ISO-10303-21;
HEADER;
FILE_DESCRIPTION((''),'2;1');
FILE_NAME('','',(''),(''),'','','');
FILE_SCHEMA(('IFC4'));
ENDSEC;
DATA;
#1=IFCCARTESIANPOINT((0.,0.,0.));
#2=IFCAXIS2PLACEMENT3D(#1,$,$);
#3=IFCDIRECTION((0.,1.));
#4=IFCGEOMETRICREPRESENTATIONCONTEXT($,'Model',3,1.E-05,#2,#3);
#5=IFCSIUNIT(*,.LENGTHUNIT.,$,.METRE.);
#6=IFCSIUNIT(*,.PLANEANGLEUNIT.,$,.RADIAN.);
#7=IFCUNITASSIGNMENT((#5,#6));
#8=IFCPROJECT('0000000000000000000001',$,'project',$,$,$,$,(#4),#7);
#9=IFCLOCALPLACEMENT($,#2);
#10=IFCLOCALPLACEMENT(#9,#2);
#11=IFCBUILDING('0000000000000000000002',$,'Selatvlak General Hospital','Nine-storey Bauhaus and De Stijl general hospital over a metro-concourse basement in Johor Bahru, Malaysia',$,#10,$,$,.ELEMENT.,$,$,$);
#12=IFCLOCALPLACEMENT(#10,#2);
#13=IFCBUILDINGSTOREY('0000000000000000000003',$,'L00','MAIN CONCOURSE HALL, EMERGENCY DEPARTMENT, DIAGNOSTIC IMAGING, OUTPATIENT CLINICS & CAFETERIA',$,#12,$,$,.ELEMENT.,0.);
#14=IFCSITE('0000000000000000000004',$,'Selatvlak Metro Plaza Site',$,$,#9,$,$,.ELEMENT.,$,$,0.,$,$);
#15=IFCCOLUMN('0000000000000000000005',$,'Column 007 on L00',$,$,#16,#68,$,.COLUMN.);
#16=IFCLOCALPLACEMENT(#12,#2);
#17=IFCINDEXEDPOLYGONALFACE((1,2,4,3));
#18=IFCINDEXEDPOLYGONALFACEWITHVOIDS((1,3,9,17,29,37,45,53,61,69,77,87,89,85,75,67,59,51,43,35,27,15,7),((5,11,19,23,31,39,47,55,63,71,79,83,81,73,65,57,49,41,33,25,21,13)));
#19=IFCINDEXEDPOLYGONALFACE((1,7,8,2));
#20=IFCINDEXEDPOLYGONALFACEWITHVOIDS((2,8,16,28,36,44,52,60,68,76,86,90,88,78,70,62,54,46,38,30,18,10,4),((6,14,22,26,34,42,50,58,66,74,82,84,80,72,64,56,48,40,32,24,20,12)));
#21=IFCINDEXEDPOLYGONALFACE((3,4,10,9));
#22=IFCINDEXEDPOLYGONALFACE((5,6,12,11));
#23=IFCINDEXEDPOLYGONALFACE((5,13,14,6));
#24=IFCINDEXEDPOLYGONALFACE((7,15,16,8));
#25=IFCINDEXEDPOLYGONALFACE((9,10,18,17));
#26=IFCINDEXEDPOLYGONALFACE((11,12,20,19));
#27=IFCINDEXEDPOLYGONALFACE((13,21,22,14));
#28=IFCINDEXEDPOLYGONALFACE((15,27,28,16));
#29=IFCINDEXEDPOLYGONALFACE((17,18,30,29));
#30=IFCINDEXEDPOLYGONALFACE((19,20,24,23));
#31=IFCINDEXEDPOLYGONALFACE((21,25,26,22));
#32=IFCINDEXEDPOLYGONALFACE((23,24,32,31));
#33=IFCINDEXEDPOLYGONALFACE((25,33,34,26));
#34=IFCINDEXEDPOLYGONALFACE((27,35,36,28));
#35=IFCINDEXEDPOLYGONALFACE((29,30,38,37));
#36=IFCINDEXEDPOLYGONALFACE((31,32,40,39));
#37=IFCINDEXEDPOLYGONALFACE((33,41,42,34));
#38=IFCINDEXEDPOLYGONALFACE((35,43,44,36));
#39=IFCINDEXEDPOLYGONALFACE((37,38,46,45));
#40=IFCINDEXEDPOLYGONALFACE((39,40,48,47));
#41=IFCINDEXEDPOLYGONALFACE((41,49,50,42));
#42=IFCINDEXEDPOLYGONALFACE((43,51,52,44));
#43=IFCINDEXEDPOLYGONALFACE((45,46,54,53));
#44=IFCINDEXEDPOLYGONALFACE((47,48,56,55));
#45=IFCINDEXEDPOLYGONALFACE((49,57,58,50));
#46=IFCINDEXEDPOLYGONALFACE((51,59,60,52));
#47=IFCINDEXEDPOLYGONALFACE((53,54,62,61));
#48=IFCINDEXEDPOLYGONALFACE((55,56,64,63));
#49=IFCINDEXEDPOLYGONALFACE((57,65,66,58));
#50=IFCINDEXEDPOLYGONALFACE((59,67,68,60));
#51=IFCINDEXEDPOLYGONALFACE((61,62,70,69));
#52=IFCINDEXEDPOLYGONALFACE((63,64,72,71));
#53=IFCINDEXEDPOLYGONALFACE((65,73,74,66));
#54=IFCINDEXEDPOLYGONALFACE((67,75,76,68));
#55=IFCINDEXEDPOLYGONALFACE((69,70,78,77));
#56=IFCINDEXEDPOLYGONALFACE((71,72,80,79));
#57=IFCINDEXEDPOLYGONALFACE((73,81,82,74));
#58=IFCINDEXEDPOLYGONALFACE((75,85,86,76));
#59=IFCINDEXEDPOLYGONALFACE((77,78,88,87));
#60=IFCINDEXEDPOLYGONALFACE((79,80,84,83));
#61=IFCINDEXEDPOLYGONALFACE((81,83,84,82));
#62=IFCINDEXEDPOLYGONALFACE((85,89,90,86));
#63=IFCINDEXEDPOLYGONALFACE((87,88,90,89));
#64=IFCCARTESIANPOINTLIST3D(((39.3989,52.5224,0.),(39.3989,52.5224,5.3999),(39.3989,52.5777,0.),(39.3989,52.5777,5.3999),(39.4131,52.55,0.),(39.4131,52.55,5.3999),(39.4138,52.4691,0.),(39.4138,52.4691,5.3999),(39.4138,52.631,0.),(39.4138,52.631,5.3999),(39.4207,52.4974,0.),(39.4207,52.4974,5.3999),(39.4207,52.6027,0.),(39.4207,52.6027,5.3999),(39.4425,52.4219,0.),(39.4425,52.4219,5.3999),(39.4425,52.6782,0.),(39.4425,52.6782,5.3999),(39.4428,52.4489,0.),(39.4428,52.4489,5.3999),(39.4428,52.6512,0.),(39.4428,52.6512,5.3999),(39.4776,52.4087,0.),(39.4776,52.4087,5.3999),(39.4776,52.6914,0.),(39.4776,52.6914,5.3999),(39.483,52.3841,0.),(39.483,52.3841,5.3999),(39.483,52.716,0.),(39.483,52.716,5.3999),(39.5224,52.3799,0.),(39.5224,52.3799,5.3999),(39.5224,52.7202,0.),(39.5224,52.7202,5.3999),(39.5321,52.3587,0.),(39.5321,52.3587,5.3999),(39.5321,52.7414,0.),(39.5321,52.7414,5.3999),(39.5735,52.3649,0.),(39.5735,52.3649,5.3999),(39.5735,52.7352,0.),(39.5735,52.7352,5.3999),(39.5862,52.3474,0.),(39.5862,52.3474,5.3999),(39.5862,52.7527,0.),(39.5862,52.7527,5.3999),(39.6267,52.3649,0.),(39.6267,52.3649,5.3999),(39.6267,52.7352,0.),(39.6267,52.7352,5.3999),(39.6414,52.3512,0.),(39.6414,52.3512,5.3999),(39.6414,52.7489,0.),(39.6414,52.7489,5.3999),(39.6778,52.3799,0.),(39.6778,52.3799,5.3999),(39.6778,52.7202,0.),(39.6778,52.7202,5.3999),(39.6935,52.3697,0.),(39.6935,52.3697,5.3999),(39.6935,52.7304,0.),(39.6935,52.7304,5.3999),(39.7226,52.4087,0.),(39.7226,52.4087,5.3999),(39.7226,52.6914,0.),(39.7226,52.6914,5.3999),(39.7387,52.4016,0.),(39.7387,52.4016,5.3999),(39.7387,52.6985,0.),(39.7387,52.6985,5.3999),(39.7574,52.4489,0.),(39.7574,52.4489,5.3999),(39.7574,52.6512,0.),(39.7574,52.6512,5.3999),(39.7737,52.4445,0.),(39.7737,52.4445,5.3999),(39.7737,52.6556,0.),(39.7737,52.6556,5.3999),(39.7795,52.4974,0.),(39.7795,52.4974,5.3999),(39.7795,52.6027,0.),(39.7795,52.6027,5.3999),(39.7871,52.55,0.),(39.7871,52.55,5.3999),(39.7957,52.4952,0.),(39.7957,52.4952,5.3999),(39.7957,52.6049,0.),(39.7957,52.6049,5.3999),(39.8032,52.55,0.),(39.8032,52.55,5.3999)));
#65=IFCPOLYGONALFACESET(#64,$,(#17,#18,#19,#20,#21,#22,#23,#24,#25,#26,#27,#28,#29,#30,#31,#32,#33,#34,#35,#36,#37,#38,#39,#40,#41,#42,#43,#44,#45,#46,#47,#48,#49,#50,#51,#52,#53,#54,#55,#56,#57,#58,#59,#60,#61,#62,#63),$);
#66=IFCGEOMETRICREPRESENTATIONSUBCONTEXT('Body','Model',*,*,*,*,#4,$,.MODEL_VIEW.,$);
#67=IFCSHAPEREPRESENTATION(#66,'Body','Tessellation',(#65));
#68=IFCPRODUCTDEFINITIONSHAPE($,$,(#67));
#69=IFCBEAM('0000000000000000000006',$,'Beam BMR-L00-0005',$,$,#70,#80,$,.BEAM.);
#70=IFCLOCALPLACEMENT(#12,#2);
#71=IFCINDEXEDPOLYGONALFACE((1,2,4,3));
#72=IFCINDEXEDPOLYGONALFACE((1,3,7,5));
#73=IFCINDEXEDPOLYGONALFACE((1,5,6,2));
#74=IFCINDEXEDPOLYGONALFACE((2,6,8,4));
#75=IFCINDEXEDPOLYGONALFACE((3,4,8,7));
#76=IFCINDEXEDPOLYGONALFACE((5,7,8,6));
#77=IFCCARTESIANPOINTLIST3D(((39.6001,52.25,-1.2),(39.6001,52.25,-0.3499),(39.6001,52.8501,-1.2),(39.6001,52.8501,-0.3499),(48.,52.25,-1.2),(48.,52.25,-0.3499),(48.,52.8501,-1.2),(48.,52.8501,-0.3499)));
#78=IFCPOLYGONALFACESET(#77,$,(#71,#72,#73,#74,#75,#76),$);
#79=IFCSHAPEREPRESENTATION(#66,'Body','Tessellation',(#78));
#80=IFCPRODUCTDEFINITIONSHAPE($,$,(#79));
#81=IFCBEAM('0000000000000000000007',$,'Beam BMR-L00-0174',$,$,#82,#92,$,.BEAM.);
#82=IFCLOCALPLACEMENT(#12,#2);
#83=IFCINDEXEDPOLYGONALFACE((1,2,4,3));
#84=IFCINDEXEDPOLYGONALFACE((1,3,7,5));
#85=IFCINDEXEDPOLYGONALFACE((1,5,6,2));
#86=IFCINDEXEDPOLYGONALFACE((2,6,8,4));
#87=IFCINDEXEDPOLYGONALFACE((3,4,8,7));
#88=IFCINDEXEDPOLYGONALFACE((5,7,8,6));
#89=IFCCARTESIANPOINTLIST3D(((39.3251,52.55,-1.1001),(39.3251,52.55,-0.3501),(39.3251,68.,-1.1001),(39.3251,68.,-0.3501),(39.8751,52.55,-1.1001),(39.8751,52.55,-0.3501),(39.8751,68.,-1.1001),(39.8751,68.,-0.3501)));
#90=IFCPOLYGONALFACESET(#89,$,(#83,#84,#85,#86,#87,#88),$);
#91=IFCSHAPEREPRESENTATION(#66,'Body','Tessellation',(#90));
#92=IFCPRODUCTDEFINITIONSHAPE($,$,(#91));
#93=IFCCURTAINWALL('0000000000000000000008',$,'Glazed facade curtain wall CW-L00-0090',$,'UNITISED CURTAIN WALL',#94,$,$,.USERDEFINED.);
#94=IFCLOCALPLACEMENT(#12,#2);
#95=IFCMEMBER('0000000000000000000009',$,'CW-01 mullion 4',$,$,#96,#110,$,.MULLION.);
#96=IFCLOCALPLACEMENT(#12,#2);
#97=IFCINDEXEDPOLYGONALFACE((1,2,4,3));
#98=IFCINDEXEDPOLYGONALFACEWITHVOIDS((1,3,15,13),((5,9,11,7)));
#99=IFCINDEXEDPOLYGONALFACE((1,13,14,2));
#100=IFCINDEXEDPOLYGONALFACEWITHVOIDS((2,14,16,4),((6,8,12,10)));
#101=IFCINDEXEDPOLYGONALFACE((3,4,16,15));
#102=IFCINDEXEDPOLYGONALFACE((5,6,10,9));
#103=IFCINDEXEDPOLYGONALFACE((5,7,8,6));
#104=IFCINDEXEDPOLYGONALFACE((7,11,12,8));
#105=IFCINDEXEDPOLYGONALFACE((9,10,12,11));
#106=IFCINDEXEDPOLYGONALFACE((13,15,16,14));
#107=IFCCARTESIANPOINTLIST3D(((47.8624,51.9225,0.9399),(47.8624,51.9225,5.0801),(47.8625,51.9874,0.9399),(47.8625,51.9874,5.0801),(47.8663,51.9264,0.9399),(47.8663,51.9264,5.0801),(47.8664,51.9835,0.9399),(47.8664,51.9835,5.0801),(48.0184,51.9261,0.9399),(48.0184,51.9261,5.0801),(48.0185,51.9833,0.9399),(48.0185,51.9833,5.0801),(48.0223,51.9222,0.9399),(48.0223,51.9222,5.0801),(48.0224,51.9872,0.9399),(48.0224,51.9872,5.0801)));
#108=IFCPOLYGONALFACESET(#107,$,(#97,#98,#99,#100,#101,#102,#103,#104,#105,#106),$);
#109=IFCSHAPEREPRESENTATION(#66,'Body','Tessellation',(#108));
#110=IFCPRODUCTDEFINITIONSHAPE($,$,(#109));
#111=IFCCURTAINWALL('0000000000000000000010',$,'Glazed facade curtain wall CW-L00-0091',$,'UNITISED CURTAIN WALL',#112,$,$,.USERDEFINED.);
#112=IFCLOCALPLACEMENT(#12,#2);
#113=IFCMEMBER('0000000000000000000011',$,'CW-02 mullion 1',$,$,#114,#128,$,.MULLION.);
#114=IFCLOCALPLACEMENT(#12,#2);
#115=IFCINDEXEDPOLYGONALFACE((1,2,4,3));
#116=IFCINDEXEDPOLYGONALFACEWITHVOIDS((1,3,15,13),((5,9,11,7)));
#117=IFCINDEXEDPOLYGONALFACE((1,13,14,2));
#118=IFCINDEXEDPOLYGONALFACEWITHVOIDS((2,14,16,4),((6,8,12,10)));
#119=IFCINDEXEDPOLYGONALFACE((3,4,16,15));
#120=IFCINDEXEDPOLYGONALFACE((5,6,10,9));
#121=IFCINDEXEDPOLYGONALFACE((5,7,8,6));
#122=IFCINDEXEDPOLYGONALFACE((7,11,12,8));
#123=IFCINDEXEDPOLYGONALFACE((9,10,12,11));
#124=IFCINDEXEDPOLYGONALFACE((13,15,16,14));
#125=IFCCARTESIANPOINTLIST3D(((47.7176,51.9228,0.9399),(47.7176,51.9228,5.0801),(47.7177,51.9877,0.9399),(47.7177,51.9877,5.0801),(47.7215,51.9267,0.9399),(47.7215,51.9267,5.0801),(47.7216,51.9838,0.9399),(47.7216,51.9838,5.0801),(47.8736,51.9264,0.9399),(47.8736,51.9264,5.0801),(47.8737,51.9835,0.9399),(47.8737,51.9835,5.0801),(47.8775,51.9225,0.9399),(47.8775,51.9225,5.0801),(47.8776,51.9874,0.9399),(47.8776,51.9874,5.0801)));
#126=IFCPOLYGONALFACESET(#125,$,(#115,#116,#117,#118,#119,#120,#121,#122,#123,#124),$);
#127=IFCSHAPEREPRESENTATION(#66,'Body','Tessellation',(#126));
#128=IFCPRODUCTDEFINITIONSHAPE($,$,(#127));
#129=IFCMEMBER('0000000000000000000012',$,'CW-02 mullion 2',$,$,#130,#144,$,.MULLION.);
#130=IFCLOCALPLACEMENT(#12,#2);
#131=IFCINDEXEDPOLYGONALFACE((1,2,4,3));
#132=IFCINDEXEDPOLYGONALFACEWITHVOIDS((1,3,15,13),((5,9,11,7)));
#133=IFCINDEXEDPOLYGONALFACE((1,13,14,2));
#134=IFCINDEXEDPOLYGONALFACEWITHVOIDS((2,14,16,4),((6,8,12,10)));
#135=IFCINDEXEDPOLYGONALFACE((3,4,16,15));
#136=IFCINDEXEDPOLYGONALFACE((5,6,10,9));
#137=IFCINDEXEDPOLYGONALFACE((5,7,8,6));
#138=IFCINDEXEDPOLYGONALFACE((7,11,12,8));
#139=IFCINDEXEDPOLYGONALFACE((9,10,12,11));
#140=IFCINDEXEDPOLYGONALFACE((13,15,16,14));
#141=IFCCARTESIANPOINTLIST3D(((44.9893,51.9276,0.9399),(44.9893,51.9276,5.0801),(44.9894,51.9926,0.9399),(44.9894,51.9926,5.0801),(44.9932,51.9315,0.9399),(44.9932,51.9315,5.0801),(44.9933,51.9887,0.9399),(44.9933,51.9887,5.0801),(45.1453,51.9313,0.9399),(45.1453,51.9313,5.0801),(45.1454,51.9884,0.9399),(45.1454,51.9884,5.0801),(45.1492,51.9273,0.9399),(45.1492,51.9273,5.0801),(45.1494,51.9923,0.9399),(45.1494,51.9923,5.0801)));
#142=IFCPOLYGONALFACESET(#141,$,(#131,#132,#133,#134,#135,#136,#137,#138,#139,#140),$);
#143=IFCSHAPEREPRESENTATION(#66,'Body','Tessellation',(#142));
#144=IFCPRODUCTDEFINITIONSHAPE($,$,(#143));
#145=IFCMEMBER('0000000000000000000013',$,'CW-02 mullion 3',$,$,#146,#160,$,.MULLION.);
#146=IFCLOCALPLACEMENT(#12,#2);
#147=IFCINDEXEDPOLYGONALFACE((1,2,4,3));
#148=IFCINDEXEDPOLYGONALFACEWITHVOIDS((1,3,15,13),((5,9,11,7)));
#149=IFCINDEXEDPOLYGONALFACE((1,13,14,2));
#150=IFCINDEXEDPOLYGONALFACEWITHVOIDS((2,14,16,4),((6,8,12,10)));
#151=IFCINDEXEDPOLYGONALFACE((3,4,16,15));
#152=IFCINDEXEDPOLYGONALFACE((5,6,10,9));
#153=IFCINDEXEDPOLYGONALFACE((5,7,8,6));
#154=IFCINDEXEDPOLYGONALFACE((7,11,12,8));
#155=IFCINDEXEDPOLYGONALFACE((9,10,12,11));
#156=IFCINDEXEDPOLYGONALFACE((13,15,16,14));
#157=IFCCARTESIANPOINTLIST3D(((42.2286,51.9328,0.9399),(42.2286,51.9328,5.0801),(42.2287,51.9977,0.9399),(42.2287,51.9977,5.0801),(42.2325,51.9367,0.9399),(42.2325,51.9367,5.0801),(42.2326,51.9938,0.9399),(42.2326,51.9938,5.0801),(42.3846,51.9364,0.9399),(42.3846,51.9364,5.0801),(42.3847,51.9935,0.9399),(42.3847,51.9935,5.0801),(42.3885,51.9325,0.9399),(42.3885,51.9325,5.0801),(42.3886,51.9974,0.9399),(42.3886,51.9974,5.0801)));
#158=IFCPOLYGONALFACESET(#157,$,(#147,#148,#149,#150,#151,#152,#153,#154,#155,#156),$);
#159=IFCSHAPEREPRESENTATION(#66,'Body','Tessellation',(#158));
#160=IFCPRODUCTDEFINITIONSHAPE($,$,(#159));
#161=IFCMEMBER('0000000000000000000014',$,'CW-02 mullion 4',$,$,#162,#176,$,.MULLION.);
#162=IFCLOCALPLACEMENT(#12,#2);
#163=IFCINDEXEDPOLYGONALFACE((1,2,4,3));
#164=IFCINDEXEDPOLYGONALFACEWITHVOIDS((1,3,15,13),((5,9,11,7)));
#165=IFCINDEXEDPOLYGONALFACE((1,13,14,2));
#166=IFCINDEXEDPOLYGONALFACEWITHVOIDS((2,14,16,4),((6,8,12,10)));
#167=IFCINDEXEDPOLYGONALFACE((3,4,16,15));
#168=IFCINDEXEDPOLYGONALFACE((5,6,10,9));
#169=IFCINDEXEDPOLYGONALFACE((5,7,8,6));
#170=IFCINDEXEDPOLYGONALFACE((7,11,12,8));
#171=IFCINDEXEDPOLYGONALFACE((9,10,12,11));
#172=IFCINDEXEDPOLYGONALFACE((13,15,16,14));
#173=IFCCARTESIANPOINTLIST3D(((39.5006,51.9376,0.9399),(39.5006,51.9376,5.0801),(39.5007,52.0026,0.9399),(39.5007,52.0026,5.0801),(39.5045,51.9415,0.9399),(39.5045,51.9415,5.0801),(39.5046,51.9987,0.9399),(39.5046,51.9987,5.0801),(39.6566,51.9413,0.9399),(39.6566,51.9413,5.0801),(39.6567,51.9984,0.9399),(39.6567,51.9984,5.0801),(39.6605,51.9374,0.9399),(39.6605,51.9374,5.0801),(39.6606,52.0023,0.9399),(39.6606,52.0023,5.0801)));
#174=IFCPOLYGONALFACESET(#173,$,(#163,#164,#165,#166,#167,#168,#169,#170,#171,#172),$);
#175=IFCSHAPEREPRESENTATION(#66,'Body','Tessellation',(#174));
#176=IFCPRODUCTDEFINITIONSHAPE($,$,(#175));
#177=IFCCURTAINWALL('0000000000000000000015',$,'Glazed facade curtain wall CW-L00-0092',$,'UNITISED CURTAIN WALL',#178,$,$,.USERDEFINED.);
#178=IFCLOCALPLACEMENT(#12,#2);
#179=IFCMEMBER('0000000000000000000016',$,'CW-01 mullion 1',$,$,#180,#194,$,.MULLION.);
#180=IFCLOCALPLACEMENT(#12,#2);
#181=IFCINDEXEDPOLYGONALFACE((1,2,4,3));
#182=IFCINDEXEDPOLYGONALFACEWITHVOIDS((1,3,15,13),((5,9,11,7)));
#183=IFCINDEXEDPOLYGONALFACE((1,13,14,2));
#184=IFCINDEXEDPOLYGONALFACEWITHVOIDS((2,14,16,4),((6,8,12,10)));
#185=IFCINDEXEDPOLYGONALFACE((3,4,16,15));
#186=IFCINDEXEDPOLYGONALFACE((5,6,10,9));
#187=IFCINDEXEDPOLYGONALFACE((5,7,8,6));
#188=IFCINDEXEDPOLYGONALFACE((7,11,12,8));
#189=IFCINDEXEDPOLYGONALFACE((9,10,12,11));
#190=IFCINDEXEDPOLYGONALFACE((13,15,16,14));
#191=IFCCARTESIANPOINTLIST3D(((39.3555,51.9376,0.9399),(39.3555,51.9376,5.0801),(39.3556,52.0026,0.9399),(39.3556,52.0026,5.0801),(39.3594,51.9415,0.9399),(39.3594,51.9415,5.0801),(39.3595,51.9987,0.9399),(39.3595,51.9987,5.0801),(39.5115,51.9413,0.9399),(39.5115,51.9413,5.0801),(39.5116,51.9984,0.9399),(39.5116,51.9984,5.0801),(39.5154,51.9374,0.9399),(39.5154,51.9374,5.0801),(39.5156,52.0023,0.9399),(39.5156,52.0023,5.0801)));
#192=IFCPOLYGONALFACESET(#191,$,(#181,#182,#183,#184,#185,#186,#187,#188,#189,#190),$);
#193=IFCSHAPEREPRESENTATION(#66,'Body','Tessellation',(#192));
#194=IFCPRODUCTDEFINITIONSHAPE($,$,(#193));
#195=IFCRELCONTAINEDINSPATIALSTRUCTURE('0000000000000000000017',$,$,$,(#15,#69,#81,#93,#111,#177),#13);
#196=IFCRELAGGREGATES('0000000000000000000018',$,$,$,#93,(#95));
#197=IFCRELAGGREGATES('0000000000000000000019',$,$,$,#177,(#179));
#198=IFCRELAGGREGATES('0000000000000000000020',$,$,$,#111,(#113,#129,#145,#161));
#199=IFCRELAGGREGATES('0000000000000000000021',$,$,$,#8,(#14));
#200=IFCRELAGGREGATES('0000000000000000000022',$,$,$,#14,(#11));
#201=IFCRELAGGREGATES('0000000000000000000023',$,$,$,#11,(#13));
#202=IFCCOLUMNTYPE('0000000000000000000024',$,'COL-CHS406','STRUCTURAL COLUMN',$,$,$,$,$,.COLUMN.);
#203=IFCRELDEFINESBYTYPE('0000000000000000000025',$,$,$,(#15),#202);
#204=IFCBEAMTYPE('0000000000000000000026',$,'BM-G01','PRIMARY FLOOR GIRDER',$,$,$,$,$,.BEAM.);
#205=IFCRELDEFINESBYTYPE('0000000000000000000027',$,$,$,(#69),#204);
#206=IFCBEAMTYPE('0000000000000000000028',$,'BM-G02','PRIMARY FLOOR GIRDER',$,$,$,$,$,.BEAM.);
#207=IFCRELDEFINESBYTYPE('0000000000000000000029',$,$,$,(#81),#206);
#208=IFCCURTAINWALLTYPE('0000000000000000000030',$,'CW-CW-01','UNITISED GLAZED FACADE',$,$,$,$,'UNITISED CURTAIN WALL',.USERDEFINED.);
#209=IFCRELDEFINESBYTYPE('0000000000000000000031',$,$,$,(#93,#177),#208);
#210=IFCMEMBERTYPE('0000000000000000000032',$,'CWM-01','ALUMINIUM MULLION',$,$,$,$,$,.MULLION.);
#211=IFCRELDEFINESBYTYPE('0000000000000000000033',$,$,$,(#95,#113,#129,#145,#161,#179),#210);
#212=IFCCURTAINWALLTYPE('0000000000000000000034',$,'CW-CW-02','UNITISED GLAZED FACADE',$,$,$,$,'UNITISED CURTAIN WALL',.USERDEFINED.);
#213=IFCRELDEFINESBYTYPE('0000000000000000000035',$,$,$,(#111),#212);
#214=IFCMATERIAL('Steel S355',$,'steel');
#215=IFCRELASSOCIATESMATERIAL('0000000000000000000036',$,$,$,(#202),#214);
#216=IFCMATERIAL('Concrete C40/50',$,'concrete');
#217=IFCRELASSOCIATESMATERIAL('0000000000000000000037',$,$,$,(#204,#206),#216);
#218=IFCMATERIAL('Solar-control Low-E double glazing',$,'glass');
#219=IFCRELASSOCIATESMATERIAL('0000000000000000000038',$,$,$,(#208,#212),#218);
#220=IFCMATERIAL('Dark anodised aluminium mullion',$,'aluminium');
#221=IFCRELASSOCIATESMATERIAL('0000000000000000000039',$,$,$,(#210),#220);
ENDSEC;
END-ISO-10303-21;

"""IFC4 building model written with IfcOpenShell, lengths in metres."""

from ifc_helpers import new_model, si_unit, direction, frame, origin, origin_2d, place, context, subcontext, project, spatial, rectangle, hollow_rectangle, hollow_circle, extrude, material, material_profile, profile_set, type_object, element, aggregate, save


model = new_model("IFC4")

# Units and contexts
model_context = context("Model", 3, precision=1e-05, world=origin(), true_north=direction((0.0, 1.0)))
body_context = subcontext(model_context, "Body", "Model", "MODEL_VIEW")
ifc_project = project(units=[si_unit("LENGTHUNIT", "METRE"), si_unit("PLANEANGLEUNIT", "RADIAN")], contexts=[model_context])

# Site, building, storey
site_placement = place(None, origin())
site = spatial("IfcSite", under=ifc_project, at=site_placement, Name="Selatvlak Metro Plaza Site", CompositionType="ELEMENT", RefElevation=0.0)
building_placement = place(site_placement, origin())
building = spatial("IfcBuilding", under=site, at=building_placement, Name="Selatvlak General Hospital", Description="Nine-storey Bauhaus and De Stijl general hospital over a metro-concourse basement in Johor Bahru, Malaysia", CompositionType="ELEMENT")
storey_placement = place(building_placement, origin())
storey = spatial("IfcBuildingStorey", under=building, at=storey_placement, Name="L00", Description="MAIN CONCOURSE HALL, EMERGENCY DEPARTMENT, DIAGNOSTIC IMAGING, OUTPATIENT CLINICS & CAFETERIA", CompositionType="ELEMENT", Elevation=0.0)

# Column
ifc_material_1 = material(Name="Steel S355", Category="steel")
ifc_material_profile_1 = material_profile(ifc_material_1, hollow_circle(Radius=0.2031, WallThickness=0.0161, at=origin_2d()), Name="CHS 406.4x16")
ifc_profile_set_1 = profile_set([ifc_material_profile_1], Name="Steel S355")
column_type = type_object("IfcColumnType", Name="COL-CHS406", Description="STRUCTURAL COLUMN", PredefinedType="COLUMN", material=ifc_profile_set_1)
column_placement = place(storey_placement, frame((39.6001, 52.55, 0.0), z_axis=(0.0, 0.0, 1.0), x_axis=(1.0, 0.0, 0.0)))
element("IfcColumn", 1, at=column_placement, inside=storey, type_object=column_type, Name="Column 007 on L00", PredefinedType="COLUMN", context=body_context, shape_type="SweptSolid", body=[
    extrude(hollow_circle(Radius=0.2031, WallThickness=0.0161, at=origin_2d()), origin(), (0.0, 0.0, 1.0), 5.3999),
])

# Beams
ifc_material_2 = material(Name="Concrete C40/50", Category="concrete")
ifc_material_profile_2 = material_profile(ifc_material_2, rectangle(XDim=0.6001, YDim=0.8501, at=origin_2d()), Name="RC-BM 600x850")
ifc_profile_set_2 = profile_set([ifc_material_profile_2], Name="Concrete C40/50")
beam_type_1 = type_object("IfcBeamType", Name="BM-G01", Description="PRIMARY FLOOR GIRDER", PredefinedType="BEAM", material=ifc_profile_set_2)
beam_1_placement = place(storey_placement, frame((39.6001, 52.55, -0.7749), z_axis=(1.0, 0.0, 0.0), x_axis=(0.0, 1.0, 0.0)))
element("IfcBeam", 2, at=beam_1_placement, inside=storey, type_object=beam_type_1, Name="Beam BMR-L00-0005", PredefinedType="BEAM", context=body_context, shape_type="SweptSolid", body=[
    extrude(rectangle(XDim=0.6001, YDim=0.8501, at=origin_2d()), origin(), (0.0, 0.0, 1.0), 8.3999),
])
ifc_material_profile_3 = material_profile(ifc_material_2, rectangle(XDim=0.55, YDim=0.75, at=origin_2d()), Name="RC-BM 550x750")
ifc_profile_set_3 = profile_set([ifc_material_profile_3], Name="Concrete C40/50")
beam_type_2 = type_object("IfcBeamType", Name="BM-G02", Description="PRIMARY FLOOR GIRDER", PredefinedType="BEAM", material=ifc_profile_set_3)
beam_2_placement = place(storey_placement, frame((39.6001, 52.55, -0.7251), z_axis=(0.0, 1.0, 0.0), x_axis=(-1.0, 0.0, 0.0)))
element("IfcBeam", 3, at=beam_2_placement, inside=storey, type_object=beam_type_2, Name="Beam BMR-L00-0174", PredefinedType="BEAM", context=body_context, shape_type="SweptSolid", body=[
    extrude(rectangle(XDim=0.55, YDim=0.75, at=origin_2d()), origin(), (0.0, 0.0, 1.0), 15.45),
])

# Curtain wall, member
ifc_material_3 = material(Name="Solar-control Low-E double glazing", Category="glass")
curtain_wall_type_1 = type_object("IfcCurtainWallType", Name="CW-CW-01", Description="UNITISED GLAZED FACADE", ElementType="UNITISED CURTAIN WALL", PredefinedType="USERDEFINED", material=ifc_material_3)
curtain_wall_1_placement = place(storey_placement, origin())
curtain_wall_1 = element("IfcCurtainWall", 4, at=curtain_wall_1_placement, inside=storey, type_object=curtain_wall_type_1, Name="Glazed facade curtain wall CW-L00-0090", ObjectType="UNITISED CURTAIN WALL", PredefinedType="USERDEFINED")
ifc_material_4 = material(Name="Dark anodised aluminium mullion", Category="aluminium")
ifc_material_profile_4 = material_profile(ifc_material_4, hollow_rectangle(XDim=0.0649, YDim=0.1599, WallThickness=0.0039, at=origin_2d()), Name="AL-MUL 65x160x4")
ifc_profile_set_4 = profile_set([ifc_material_profile_4], Name="Dark anodised aluminium mullion")
member_type_1 = type_object("IfcMemberType", Name="CWM-01", Description="ALUMINIUM MULLION", PredefinedType="MULLION", material=ifc_profile_set_4)
member_1_placement = place(storey_placement, frame((47.9424, 51.9548, 0.9399), z_axis=(0.0, 0.0, 1.0), x_axis=(-0.001811, -0.999998, 0.0)))
member_1 = element("IfcMember", 5, at=member_1_placement, type_object=member_type_1, Name="CW-01 mullion 4", PredefinedType="MULLION", context=body_context, shape_type="SweptSolid", body=[
    extrude(hollow_rectangle(XDim=0.0649, YDim=0.1599, WallThickness=0.0039, at=origin_2d()), origin(), (0.0, 0.0, 1.0), 4.1401),
])
aggregate(curtain_wall_1, [member_1])

# Curtain wall, members
curtain_wall_type_2 = type_object("IfcCurtainWallType", Name="CW-CW-02", Description="UNITISED GLAZED FACADE", ElementType="UNITISED CURTAIN WALL", PredefinedType="USERDEFINED", material=ifc_material_3)
curtain_wall_2_placement = place(storey_placement, origin())
curtain_wall_2 = element("IfcCurtainWall", 6, at=curtain_wall_2_placement, inside=storey, type_object=curtain_wall_type_2, Name="Glazed facade curtain wall CW-L00-0091", ObjectType="UNITISED CURTAIN WALL", PredefinedType="USERDEFINED")
member_2_placement = place(storey_placement, frame((47.7976, 51.9551, 0.9399), z_axis=(0.0, 0.0, 1.0), x_axis=(-0.001811, -0.999998, 0.0)))
member_2 = element("IfcMember", 7, at=member_2_placement, type_object=member_type_1, Name="CW-02 mullion 1", PredefinedType="MULLION", context=body_context, shape_type="SweptSolid", body=[
    extrude(hollow_rectangle(XDim=0.0649, YDim=0.1599, WallThickness=0.0039, at=origin_2d()), origin(), (0.0, 0.0, 1.0), 4.1401),
])
member_3_placement = place(storey_placement, frame((45.0693, 51.96, 0.9399), z_axis=(0.0, 0.0, 1.0), x_axis=(-0.001811, -0.999998, 0.0)))
member_3 = element("IfcMember", 8, at=member_3_placement, type_object=member_type_1, Name="CW-02 mullion 2", PredefinedType="MULLION", context=body_context, shape_type="SweptSolid", body=[
    extrude(hollow_rectangle(XDim=0.0649, YDim=0.1599, WallThickness=0.0039, at=origin_2d()), origin(), (0.0, 0.0, 1.0), 4.1401),
])
member_4_placement = place(storey_placement, frame((42.3086, 51.9651, 0.9399), z_axis=(0.0, 0.0, 1.0), x_axis=(-0.001811, -0.999998, 0.0)))
member_4 = element("IfcMember", 9, at=member_4_placement, type_object=member_type_1, Name="CW-02 mullion 3", PredefinedType="MULLION", context=body_context, shape_type="SweptSolid", body=[
    extrude(hollow_rectangle(XDim=0.0649, YDim=0.1599, WallThickness=0.0039, at=origin_2d()), origin(), (0.0, 0.0, 1.0), 4.1401),
])
member_5_placement = place(storey_placement, frame((39.5806, 51.97, 0.9399), z_axis=(0.0, 0.0, 1.0), x_axis=(-0.001811, -0.999998, 0.0)))
member_5 = element("IfcMember", 10, at=member_5_placement, type_object=member_type_1, Name="CW-02 mullion 4", PredefinedType="MULLION", context=body_context, shape_type="SweptSolid", body=[
    extrude(hollow_rectangle(XDim=0.0649, YDim=0.1599, WallThickness=0.0039, at=origin_2d()), origin(), (0.0, 0.0, 1.0), 4.1401),
])

# Curtain wall, member
curtain_wall_3_placement = place(storey_placement, origin())
curtain_wall_3 = element("IfcCurtainWall", 11, at=curtain_wall_3_placement, inside=storey, type_object=curtain_wall_type_1, Name="Glazed facade curtain wall CW-L00-0092", ObjectType="UNITISED CURTAIN WALL", PredefinedType="USERDEFINED")
member_6_placement = place(storey_placement, frame((39.4355, 51.97, 0.9399), z_axis=(0.0, 0.0, 1.0), x_axis=(-0.001811, -0.999998, 0.0)))
member_6 = element("IfcMember", 12, at=member_6_placement, type_object=member_type_1, Name="CW-01 mullion 1", PredefinedType="MULLION", context=body_context, shape_type="SweptSolid", body=[
    extrude(hollow_rectangle(XDim=0.0649, YDim=0.1599, WallThickness=0.0039, at=origin_2d()), origin(), (0.0, 0.0, 1.0), 4.1401),
])
aggregate(curtain_wall_3, [member_6])

aggregate(curtain_wall_2, [member_2, member_3, member_4, member_5])

save(model, "model.ifc")
